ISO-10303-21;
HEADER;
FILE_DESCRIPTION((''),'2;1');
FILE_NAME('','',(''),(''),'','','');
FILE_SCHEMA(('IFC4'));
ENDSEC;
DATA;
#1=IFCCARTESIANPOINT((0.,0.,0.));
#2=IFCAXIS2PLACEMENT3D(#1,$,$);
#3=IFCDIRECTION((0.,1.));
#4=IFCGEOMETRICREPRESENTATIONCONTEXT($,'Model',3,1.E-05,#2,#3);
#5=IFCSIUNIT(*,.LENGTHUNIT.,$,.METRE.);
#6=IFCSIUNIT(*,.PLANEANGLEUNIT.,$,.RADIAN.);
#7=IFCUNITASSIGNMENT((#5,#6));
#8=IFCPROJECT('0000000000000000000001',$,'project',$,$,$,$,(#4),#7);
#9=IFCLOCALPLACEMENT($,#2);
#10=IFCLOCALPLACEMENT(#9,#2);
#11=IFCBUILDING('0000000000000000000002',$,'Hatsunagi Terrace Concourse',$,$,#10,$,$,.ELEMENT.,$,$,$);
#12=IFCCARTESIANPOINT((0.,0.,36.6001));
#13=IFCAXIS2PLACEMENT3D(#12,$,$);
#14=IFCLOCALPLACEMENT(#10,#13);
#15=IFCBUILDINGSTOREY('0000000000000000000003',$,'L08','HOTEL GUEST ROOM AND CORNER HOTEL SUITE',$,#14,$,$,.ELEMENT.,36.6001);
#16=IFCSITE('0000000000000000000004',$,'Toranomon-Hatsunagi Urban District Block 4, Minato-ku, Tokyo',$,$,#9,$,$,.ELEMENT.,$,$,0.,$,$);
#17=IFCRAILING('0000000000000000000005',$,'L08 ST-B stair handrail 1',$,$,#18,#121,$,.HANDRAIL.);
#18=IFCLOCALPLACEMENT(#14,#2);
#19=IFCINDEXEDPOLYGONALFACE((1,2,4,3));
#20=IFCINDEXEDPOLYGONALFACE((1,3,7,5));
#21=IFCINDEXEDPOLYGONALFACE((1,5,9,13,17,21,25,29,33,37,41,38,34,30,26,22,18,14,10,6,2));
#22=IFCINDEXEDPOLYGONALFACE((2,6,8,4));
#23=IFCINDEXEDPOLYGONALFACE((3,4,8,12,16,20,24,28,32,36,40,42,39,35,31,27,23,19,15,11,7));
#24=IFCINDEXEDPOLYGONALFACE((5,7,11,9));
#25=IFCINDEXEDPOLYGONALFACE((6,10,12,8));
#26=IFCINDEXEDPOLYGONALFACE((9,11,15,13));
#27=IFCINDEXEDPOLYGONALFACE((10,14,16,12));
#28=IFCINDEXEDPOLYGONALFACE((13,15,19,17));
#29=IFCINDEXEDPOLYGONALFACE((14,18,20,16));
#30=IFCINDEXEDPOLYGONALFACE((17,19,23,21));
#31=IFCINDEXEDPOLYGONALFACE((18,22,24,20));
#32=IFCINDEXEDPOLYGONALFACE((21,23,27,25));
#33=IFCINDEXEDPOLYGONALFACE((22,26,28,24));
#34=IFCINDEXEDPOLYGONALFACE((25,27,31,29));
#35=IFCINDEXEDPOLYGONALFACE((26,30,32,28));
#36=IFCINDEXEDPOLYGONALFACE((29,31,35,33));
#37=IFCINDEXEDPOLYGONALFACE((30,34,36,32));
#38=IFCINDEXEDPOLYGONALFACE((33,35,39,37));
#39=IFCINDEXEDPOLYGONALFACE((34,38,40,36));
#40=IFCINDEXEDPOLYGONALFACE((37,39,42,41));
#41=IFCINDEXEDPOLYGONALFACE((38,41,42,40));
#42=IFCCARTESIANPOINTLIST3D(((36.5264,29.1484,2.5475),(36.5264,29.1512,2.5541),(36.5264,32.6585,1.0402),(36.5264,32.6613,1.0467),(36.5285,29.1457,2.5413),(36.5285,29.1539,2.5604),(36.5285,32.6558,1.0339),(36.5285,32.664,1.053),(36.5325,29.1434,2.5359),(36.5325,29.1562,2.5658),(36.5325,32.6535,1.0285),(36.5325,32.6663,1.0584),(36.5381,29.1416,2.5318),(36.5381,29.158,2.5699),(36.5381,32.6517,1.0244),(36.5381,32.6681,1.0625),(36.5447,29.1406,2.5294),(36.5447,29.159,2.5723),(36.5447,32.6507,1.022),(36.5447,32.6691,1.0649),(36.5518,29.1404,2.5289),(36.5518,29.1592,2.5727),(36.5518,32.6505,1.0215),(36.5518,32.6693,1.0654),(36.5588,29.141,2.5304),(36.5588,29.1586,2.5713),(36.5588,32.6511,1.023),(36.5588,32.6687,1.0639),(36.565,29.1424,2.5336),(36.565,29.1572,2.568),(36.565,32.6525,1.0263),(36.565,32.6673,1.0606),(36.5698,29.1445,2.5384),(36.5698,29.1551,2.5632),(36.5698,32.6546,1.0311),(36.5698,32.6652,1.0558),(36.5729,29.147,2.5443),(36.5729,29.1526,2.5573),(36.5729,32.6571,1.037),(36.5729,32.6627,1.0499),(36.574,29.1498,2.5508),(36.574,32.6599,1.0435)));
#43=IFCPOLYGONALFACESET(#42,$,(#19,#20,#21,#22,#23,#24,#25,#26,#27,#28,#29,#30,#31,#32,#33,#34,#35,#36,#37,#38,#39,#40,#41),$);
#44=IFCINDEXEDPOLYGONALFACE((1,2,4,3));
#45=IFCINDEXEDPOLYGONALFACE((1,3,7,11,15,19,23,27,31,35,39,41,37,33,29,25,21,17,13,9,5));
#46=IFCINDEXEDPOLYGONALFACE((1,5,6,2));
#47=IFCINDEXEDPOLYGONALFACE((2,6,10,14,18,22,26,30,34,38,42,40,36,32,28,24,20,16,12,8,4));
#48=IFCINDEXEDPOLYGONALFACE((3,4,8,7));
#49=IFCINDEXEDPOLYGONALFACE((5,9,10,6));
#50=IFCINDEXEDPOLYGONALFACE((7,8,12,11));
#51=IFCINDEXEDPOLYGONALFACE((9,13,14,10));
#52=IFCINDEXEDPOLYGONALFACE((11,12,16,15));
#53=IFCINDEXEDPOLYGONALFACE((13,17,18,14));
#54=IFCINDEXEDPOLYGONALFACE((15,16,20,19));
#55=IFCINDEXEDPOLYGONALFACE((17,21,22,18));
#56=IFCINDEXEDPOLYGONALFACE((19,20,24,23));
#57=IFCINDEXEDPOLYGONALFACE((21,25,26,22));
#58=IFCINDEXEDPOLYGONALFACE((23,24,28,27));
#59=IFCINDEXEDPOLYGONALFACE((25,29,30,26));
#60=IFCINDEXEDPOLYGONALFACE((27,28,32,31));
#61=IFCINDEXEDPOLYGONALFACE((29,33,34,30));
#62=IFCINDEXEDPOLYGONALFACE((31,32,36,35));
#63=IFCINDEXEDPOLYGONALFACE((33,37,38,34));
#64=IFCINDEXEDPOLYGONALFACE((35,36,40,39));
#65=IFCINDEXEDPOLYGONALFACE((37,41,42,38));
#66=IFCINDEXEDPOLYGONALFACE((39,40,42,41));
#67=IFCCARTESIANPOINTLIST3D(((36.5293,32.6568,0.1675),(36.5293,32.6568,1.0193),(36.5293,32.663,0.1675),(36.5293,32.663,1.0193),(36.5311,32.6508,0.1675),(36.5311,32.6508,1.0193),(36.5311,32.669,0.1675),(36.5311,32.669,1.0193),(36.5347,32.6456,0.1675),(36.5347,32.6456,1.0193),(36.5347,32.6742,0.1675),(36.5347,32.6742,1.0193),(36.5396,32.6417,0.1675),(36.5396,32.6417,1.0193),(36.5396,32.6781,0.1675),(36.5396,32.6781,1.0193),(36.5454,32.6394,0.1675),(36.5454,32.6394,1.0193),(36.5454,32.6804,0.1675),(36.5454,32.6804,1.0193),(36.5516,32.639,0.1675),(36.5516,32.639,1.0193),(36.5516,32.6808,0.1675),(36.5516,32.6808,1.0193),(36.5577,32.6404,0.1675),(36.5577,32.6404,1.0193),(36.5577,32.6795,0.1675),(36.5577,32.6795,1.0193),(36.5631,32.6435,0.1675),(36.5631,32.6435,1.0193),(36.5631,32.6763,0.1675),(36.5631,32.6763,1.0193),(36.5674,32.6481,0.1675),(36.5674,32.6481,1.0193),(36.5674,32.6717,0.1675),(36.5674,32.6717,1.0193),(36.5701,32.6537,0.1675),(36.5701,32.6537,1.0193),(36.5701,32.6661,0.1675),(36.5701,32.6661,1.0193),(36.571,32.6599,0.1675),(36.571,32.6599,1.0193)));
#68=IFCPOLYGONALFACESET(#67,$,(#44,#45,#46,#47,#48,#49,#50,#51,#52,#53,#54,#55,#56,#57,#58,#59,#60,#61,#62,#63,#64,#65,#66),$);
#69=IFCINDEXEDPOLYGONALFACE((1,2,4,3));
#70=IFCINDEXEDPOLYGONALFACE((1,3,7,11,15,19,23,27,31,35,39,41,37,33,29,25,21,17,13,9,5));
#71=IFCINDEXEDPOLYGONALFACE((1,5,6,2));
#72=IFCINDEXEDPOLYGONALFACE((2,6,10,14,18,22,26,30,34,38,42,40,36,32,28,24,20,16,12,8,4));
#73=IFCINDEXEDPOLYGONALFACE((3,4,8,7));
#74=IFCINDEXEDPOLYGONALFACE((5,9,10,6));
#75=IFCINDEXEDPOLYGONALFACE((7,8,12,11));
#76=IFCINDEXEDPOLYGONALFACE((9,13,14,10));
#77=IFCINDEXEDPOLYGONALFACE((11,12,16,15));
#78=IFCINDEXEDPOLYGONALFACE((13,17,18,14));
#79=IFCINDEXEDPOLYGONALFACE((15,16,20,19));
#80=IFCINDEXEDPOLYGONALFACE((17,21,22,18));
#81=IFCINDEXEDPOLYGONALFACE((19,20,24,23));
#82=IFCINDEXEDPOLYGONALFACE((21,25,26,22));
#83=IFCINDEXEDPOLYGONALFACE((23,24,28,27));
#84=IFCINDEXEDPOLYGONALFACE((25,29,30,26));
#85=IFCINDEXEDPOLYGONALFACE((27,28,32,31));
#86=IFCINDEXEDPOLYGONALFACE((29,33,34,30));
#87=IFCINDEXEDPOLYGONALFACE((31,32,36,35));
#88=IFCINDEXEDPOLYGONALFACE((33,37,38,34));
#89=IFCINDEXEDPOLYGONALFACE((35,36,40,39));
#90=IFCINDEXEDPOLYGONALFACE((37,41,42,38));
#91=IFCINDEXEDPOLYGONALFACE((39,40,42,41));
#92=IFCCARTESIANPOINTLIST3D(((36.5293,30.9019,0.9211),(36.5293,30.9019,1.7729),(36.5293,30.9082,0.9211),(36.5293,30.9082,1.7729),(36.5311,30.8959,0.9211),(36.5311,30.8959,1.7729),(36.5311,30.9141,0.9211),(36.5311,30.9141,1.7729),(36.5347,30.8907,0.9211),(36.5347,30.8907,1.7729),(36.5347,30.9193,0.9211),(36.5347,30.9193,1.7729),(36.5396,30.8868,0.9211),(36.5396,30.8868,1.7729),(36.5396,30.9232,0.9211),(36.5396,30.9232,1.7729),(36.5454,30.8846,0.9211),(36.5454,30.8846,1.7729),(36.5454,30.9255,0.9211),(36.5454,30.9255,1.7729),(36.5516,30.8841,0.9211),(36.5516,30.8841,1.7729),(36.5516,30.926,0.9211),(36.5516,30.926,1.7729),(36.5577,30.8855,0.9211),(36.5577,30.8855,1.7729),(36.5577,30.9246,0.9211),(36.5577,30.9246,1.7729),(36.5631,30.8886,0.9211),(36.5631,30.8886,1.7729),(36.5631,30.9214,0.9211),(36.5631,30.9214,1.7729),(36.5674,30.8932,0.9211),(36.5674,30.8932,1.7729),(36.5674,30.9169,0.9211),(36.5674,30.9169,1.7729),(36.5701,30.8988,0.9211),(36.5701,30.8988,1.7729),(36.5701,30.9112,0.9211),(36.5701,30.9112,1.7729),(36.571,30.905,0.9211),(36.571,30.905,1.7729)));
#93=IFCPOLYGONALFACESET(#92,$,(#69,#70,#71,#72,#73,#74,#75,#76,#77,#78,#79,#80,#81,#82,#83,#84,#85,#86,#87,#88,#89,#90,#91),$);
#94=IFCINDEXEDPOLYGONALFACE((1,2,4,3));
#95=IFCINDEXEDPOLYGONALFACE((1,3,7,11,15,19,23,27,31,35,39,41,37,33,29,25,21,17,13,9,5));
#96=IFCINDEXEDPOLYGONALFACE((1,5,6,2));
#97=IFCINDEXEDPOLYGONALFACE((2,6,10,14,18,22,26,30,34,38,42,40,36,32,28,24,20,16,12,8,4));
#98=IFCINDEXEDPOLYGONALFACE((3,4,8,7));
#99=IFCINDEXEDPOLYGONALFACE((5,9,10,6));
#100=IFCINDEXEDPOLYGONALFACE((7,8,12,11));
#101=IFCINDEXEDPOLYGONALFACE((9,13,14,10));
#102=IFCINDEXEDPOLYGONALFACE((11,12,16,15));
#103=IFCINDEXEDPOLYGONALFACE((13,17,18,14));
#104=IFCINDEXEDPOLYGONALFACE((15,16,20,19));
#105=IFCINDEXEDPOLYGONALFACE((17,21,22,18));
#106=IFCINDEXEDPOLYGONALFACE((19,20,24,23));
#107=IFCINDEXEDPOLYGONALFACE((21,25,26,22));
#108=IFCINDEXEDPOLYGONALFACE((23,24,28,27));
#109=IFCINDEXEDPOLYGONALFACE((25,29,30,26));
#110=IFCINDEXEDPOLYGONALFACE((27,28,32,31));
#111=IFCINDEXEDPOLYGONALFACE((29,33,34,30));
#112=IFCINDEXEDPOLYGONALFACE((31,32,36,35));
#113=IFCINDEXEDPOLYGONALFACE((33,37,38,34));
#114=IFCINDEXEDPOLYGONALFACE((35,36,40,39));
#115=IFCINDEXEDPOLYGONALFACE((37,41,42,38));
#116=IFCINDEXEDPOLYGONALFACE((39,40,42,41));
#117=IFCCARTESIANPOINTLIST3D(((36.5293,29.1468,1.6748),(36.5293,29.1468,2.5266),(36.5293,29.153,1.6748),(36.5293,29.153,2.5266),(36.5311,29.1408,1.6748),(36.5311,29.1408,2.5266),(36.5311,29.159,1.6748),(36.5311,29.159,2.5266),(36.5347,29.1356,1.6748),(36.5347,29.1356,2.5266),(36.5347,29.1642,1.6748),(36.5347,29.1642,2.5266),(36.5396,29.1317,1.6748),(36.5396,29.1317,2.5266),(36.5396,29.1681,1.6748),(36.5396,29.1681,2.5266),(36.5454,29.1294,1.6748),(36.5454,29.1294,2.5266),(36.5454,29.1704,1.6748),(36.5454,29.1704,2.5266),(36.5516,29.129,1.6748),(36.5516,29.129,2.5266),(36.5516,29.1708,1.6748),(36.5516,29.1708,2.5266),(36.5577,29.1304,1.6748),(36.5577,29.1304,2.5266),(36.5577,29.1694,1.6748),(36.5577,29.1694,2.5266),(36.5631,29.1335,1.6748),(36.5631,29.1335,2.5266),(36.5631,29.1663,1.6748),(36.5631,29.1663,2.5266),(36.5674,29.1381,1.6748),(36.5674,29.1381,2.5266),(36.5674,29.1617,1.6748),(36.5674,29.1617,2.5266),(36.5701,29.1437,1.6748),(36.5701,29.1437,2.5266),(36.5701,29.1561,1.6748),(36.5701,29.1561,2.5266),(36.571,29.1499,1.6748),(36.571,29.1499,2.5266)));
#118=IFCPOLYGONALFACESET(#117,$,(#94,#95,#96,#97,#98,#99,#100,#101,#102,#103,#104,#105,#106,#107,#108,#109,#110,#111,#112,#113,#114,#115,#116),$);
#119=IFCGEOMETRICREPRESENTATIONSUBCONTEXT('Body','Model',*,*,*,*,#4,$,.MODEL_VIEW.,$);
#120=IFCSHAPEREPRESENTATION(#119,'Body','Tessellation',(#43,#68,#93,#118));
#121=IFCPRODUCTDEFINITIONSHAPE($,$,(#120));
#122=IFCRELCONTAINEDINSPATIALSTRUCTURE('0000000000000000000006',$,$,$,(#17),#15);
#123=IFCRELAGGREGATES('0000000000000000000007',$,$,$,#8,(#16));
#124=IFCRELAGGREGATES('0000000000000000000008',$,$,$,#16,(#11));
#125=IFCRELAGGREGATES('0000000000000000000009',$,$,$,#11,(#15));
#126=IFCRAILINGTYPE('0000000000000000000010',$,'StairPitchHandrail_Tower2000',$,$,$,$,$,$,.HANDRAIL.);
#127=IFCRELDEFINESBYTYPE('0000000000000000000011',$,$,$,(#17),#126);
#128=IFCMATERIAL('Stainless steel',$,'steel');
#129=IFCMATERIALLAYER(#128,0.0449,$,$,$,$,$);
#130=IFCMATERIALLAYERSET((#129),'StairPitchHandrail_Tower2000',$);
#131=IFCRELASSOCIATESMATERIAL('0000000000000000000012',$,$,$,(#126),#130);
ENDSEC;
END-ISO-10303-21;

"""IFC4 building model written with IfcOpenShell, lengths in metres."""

from ifc_helpers import new_model, si_unit, direction, frame, origin, origin_2d, place, context, subcontext, project, spatial, circle, extrude, material, layer, layer_set, type_object, element, save


model = new_model("IFC4")

# Units and contexts
model_context = context("Model", 3, precision=1e-05, world=origin(), true_north=direction((0.0, 1.0)))
body_context = subcontext(model_context, "Body", "Model", "MODEL_VIEW")
ifc_project = project(units=[si_unit("LENGTHUNIT", "METRE"), si_unit("PLANEANGLEUNIT", "RADIAN")], contexts=[model_context])

# Site, building, storey
site_placement = place(None, origin())
site = spatial("IfcSite", under=ifc_project, at=site_placement, Name="Toranomon-Hatsunagi Urban District Block 4, Minato-ku, Tokyo", CompositionType="ELEMENT", RefElevation=0.0)
building_placement = place(site_placement, origin())
building = spatial("IfcBuilding", under=site, at=building_placement, Name="Hatsunagi Terrace Concourse", CompositionType="ELEMENT")
storey_placement = place(building_placement, frame((0.0, 0.0, 36.6001)))
storey = spatial("IfcBuildingStorey", under=building, at=storey_placement, Name="L08", Description="HOTEL GUEST ROOM AND CORNER HOTEL SUITE", CompositionType="ELEMENT", Elevation=36.6001)

# Railing
ifc_material_1 = material(Name="Stainless steel", Category="steel")
ifc_layer_1 = layer(ifc_material_1, 0.0449)
ifc_layer_set_1 = layer_set([ifc_layer_1], Name="StairPitchHandrail_Tower2000")
railing_type_1 = type_object("IfcRailingType", Name="StairPitchHandrail_Tower2000", PredefinedType="HANDRAIL", material=ifc_layer_set_1)
railing_1_placement = place(storey_placement, frame((36.55, 32.6599, 0.1675)))
element("IfcRailing", 1, at=railing_1_placement, inside=storey, type_object=railing_type_1, Name="L08 ST-B stair handrail 1", PredefinedType="HANDRAIL", context=body_context, shape_type="SweptSolid", body=[
    extrude(circle(Radius=0.0239, at=origin_2d()), frame((0.0, 0.0, 0.876), z_axis=(0.0, -0.918857, 0.39459), x_axis=(1.0, 0.0, 0.0)), (0.0, 0.0, 1.0), 3.8201),
    extrude(circle(Radius=0.021, at=origin_2d()), origin(), (0.0, 0.0, 1.0), 0.8518),
    extrude(circle(Radius=0.021, at=origin_2d()), frame((0.0, -1.7549, 0.7537)), (0.0, 0.0, 1.0), 0.8518),
    extrude(circle(Radius=0.021, at=origin_2d()), frame((0.0, -3.51, 1.5073)), (0.0, 0.0, 1.0), 0.8518),
])

save(model, "model.ifc")
